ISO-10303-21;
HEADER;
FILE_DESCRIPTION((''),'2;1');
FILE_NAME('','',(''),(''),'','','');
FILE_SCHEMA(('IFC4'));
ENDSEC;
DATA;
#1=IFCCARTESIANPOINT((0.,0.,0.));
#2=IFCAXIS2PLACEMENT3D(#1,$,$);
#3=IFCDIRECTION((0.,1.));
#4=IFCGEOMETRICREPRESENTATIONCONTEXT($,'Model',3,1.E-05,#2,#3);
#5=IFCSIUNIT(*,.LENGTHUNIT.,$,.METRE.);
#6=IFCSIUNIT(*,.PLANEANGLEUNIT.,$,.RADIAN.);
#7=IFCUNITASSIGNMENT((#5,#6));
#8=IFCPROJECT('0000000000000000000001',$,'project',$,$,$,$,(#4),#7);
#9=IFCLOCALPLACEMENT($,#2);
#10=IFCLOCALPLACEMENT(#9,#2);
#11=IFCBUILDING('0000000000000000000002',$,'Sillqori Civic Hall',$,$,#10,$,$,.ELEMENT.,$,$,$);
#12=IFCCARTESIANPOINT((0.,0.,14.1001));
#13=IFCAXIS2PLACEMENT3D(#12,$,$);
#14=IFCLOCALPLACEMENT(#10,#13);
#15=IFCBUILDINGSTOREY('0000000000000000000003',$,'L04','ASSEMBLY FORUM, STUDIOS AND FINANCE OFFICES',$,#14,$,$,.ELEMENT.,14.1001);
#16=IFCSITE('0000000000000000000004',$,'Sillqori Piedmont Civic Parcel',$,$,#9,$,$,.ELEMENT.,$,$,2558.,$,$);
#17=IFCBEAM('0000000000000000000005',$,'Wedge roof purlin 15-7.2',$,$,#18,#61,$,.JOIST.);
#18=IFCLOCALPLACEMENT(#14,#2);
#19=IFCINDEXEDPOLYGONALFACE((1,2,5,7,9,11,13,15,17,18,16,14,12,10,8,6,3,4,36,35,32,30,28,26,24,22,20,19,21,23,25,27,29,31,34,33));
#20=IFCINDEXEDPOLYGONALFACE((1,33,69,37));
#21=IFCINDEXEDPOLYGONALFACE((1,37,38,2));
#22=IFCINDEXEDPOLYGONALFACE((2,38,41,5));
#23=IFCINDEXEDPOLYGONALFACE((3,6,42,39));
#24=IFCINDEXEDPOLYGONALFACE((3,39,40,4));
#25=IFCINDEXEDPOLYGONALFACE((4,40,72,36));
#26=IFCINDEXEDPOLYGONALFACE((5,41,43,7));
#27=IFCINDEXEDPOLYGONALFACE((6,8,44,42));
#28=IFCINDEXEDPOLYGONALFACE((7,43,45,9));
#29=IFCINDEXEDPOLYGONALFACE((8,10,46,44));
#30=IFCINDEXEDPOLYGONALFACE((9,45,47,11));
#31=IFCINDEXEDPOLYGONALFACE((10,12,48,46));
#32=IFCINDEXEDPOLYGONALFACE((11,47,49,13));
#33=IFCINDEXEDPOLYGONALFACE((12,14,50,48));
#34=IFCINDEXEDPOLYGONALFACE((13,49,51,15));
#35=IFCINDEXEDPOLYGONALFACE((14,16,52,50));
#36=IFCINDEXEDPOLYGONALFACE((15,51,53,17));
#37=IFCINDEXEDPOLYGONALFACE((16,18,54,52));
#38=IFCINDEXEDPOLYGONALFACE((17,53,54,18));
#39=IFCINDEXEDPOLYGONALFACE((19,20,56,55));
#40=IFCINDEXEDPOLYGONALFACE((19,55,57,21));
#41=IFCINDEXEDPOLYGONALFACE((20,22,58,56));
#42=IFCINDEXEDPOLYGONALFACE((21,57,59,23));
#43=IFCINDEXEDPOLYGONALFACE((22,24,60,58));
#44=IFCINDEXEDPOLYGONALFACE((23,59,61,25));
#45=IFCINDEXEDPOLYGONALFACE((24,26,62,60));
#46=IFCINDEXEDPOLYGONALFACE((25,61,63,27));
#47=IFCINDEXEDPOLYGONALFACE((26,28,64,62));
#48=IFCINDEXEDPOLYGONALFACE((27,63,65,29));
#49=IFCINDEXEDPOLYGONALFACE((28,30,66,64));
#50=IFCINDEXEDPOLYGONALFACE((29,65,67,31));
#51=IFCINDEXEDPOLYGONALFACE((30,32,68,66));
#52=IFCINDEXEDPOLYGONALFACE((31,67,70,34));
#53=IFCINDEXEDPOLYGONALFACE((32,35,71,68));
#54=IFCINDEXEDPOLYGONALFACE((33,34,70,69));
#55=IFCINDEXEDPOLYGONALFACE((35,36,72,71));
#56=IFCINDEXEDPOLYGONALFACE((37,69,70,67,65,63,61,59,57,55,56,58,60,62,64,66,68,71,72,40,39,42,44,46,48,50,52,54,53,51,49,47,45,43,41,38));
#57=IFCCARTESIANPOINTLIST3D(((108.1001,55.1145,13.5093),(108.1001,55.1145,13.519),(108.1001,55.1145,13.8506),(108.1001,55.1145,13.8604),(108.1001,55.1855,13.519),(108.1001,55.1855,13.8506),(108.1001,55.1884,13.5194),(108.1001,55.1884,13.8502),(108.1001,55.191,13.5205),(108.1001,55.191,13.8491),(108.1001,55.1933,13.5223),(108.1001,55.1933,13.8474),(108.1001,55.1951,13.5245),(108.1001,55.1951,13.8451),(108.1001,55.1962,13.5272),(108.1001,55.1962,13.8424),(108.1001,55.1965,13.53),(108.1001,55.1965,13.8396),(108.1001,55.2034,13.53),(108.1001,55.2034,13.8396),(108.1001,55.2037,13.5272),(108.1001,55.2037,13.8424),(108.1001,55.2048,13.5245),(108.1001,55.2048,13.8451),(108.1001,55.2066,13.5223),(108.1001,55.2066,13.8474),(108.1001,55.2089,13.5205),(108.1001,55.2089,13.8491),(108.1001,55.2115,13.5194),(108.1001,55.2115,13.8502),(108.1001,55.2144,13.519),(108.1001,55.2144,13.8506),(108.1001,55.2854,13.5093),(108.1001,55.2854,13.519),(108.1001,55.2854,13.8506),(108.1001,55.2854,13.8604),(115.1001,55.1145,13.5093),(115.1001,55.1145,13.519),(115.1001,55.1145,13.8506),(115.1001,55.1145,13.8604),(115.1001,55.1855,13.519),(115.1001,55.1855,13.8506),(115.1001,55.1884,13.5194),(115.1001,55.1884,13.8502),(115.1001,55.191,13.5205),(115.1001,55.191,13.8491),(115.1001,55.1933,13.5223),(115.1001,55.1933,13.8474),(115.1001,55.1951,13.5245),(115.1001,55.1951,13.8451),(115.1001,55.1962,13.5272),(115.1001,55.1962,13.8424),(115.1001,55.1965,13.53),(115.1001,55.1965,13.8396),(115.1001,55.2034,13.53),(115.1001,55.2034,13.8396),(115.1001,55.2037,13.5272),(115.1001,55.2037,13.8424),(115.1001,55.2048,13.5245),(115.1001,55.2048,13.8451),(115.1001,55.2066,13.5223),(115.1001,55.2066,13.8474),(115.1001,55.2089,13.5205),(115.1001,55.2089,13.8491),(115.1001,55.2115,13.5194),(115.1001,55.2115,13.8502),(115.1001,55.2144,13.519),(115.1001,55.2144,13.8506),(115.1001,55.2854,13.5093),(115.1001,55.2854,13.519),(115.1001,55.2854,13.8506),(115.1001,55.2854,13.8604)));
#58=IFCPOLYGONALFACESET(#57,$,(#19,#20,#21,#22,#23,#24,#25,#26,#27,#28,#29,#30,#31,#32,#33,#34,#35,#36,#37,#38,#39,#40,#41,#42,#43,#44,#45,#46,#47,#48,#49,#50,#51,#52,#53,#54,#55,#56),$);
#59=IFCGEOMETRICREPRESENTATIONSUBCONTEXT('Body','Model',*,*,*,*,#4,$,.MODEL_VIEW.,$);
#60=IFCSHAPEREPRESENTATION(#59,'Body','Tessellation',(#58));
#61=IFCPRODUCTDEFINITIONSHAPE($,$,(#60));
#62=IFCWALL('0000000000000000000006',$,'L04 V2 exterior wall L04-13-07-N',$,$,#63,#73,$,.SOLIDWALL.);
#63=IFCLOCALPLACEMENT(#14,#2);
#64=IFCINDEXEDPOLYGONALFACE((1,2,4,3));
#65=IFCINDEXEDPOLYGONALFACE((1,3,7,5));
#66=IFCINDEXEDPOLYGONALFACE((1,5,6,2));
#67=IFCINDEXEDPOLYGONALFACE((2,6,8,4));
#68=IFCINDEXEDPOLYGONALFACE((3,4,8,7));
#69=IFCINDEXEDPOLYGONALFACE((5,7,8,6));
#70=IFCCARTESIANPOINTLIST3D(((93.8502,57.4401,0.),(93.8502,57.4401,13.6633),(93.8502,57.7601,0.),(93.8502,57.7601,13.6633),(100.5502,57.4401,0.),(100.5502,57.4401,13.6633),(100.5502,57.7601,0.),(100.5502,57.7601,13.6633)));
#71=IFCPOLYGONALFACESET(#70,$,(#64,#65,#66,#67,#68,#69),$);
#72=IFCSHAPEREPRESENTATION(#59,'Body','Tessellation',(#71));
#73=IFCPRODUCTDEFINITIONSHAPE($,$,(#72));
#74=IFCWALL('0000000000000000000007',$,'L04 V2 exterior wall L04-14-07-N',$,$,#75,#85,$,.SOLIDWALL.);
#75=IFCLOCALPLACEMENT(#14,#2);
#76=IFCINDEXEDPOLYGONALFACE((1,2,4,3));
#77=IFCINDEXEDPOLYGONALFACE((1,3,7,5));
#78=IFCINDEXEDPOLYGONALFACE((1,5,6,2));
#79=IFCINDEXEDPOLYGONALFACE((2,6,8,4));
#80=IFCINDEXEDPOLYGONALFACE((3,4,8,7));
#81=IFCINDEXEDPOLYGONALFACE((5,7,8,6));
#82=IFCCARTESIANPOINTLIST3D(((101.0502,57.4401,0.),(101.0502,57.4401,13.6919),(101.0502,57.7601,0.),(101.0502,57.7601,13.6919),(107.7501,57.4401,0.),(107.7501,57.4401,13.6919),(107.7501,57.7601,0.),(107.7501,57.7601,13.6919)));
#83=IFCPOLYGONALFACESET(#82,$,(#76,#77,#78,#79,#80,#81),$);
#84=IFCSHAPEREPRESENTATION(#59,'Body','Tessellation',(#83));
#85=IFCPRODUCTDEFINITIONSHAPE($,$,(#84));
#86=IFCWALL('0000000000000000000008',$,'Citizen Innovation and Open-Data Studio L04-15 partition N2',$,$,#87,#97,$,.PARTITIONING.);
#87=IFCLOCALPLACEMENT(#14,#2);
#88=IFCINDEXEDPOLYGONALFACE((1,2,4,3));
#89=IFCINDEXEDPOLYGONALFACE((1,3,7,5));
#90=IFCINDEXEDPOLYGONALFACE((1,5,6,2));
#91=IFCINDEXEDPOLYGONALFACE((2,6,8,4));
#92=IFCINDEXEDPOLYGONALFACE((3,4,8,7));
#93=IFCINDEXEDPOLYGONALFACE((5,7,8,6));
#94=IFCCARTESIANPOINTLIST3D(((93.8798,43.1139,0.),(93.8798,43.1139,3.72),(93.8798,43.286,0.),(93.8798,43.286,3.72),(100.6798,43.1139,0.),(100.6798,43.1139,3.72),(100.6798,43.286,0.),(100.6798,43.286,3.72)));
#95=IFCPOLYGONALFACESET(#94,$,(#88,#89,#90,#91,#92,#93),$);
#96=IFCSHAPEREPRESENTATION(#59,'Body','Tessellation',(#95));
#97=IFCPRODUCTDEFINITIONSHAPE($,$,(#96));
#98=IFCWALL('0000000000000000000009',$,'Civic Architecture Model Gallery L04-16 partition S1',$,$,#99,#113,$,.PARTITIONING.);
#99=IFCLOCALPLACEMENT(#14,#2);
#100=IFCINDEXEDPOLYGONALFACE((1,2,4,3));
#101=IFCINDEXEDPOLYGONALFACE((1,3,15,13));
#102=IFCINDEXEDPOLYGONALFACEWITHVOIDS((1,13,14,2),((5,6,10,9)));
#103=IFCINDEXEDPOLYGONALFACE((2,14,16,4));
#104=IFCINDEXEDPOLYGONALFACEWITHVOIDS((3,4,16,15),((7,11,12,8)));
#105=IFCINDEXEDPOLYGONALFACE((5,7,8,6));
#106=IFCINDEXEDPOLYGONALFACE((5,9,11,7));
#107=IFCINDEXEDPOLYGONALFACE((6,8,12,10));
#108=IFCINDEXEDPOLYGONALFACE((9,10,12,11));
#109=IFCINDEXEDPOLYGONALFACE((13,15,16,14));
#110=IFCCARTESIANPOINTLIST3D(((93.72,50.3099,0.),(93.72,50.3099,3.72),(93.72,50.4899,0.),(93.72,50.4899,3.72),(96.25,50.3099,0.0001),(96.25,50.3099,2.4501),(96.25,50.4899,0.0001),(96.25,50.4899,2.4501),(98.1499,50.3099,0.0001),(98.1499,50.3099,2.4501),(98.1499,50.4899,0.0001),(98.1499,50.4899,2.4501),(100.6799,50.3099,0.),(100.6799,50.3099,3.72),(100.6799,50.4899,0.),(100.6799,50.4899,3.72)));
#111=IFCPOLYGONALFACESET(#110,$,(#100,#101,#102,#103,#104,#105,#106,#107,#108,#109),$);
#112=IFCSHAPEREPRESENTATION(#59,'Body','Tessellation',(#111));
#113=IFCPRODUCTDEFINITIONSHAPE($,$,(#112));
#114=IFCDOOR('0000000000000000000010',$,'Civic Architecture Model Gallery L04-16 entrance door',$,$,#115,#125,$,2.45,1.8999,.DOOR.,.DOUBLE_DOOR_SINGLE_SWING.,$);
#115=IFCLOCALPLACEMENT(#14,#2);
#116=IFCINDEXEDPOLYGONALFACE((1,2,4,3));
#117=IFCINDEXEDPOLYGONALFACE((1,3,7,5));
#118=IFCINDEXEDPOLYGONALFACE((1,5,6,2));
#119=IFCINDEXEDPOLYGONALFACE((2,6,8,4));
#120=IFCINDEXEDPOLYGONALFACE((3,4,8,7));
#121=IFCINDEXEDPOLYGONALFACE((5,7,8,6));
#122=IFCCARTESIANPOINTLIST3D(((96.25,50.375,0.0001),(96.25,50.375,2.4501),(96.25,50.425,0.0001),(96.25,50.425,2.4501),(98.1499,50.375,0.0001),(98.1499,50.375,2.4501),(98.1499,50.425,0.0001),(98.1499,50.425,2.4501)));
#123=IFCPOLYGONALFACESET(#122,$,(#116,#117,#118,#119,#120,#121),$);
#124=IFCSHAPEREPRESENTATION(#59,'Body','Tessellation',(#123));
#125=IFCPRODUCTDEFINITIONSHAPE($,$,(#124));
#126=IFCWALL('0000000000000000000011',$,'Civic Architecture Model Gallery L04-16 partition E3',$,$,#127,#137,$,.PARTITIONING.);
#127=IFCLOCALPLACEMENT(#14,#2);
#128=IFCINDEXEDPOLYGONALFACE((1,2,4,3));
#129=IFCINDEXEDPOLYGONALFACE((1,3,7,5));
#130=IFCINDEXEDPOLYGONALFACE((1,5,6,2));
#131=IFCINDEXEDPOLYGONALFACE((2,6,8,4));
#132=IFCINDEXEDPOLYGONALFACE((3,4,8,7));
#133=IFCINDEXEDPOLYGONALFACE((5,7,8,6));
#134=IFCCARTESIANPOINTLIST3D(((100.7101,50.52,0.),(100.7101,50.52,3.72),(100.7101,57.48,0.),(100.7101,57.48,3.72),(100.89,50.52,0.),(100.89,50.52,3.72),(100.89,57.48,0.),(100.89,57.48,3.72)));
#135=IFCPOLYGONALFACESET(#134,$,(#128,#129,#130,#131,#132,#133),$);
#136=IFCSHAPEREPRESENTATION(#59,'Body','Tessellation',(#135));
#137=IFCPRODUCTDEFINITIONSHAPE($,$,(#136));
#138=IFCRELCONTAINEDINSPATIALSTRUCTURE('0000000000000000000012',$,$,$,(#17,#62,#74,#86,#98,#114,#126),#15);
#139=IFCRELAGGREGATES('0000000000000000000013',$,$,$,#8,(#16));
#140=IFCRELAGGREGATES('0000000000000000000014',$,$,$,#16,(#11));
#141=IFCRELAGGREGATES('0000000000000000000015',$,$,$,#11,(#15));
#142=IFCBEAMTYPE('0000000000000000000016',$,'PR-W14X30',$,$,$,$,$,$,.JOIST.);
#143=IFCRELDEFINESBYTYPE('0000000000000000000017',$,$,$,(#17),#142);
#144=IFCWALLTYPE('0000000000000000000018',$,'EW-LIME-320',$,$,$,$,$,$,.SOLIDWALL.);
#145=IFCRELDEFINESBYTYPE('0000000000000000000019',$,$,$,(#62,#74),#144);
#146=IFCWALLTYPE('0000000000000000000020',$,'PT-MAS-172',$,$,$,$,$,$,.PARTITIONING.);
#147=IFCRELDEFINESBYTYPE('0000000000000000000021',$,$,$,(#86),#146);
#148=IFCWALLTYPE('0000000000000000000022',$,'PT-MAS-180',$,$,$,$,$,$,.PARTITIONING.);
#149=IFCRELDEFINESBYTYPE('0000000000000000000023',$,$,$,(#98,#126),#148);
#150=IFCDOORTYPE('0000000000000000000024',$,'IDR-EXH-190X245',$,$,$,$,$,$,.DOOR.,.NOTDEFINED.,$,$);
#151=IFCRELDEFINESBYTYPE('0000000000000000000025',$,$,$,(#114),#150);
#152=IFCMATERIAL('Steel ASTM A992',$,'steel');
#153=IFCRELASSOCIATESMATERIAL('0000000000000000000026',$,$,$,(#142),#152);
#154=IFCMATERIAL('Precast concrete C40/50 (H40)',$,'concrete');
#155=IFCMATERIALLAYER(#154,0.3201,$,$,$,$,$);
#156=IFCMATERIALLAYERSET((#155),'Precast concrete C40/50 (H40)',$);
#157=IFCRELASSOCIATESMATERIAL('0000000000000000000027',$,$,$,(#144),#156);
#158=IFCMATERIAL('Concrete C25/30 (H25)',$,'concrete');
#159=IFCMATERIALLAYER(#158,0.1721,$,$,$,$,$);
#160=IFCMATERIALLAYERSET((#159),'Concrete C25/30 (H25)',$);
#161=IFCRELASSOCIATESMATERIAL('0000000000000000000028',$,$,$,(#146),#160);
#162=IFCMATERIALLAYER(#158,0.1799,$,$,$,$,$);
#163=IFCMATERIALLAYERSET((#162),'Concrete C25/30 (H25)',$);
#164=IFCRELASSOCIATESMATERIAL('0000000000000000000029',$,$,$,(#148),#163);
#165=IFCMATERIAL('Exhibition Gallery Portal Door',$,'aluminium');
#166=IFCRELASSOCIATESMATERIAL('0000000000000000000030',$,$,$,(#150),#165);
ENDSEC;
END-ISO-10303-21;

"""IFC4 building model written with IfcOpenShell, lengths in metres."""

from ifc_helpers import new_model, si_unit, direction, frame, frame_2d, origin, origin_2d, place, context, subcontext, project, spatial, rectangle, i_section, extrude, material, layer, layer_set, material_profile, profile_set, type_object, element, fill, save


model = new_model("IFC4")

# Units and contexts
model_context = context("Model", 3, precision=1e-05, world=origin(), true_north=direction((0.0, 1.0)))
body_context = subcontext(model_context, "Body", "Model", "MODEL_VIEW")
ifc_project = project(units=[si_unit("LENGTHUNIT", "METRE"), si_unit("PLANEANGLEUNIT", "RADIAN")], contexts=[model_context])

# Site, building, storey
site_placement = place(None, origin())
site = spatial("IfcSite", under=ifc_project, at=site_placement, Name="Sillqori Piedmont Civic Parcel", CompositionType="ELEMENT", RefElevation=2558.0)
building_placement = place(site_placement, origin())
building = spatial("IfcBuilding", under=site, at=building_placement, Name="Sillqori Civic Hall", CompositionType="ELEMENT")
storey_placement = place(building_placement, frame((0.0, 0.0, 14.1001)))
storey = spatial("IfcBuildingStorey", under=building, at=storey_placement, Name="L04", Description="ASSEMBLY FORUM, STUDIOS AND FINANCE OFFICES", CompositionType="ELEMENT", Elevation=14.1001)

# Shared definitions
ifc_material_1 = material(Name="Steel ASTM A992", Category="steel")

# Beam
ifc_material_profile_1 = material_profile(ifc_material_1, i_section(OverallWidth=0.1709, OverallDepth=0.3511, WebThickness=0.0068, FlangeThickness=0.0098, FilletRadius=0.011, at=origin_2d()), Name="W14X30")
ifc_profile_set_1 = profile_set([ifc_material_profile_1], Name="Steel ASTM A992")
beam_type_1 = type_object("IfcBeamType", Name="PR-W14X30", PredefinedType="JOIST", material=ifc_profile_set_1)
for number, where, z_axis, x_axis, name in (
    (1, (108.1001, 55.2, 13.6848), (1.0, 0.0, 0.0), (0.0, 1.0, 0.0), "Wedge roof purlin 15-7.2"),
):
    element("IfcBeam", number, at=place(storey_placement, frame(where, z_axis=z_axis, x_axis=x_axis)), inside=storey, type_object=beam_type_1, Name=name, PredefinedType="JOIST", context=body_context, shape_type="SweptSolid", body=[
        extrude(i_section(OverallWidth=0.1709, OverallDepth=0.3511, WebThickness=0.0068, FlangeThickness=0.0098, FilletRadius=0.011, at=origin_2d()), origin(), (0.0, 0.0, 1.0), 7.0),
    ])

# Walls
ifc_material_2 = material(Name="Precast concrete C40/50 (H40)", Category="concrete")
ifc_layer_1 = layer(ifc_material_2, 0.3201)
ifc_layer_set_1 = layer_set([ifc_layer_1], Name="Precast concrete C40/50 (H40)")
wall_type_1 = type_object("IfcWallType", Name="EW-LIME-320", PredefinedType="SOLIDWALL", material=ifc_layer_set_1)
wall_1_placement = place(storey_placement, frame((93.8501, 57.6001, 0.0), z_axis=(0.0, 0.0, 1.0), x_axis=(1.0, 0.0, 0.0)))
element("IfcWall", 2, at=wall_1_placement, inside=storey, type_object=wall_type_1, Name="L04 V2 exterior wall L04-13-07-N", PredefinedType="SOLIDWALL", context=body_context, shape_type="SweptSolid", body=[
    extrude(rectangle(XDim=6.7, YDim=0.3201, at=frame_2d((3.3501, 0.0))), origin(), (0.0, 0.0, 1.0), 13.6633),
])
wall_2_placement = place(storey_placement, frame((101.05, 57.6001, 0.0), z_axis=(0.0, 0.0, 1.0), x_axis=(1.0, 0.0, 0.0)))
element("IfcWall", 3, at=wall_2_placement, inside=storey, type_object=wall_type_1, Name="L04 V2 exterior wall L04-14-07-N", PredefinedType="SOLIDWALL", context=body_context, shape_type="SweptSolid", body=[
    extrude(rectangle(XDim=6.7, YDim=0.3201, at=frame_2d((3.3501, 0.0))), origin(), (0.0, 0.0, 1.0), 13.6919),
])
ifc_material_3 = material(Name="Concrete C25/30 (H25)", Category="concrete")
ifc_layer_2 = layer(ifc_material_3, 0.1721)
ifc_layer_set_2 = layer_set([ifc_layer_2], Name="Concrete C25/30 (H25)")
wall_type_2 = type_object("IfcWallType", Name="PT-MAS-172", PredefinedType="PARTITIONING", material=ifc_layer_set_2)
wall_3_placement = place(storey_placement, frame((93.8799, 43.2, 0.0), z_axis=(0.0, 0.0, 1.0), x_axis=(1.0, 0.0, 0.0)))
element("IfcWall", 4, at=wall_3_placement, inside=storey, type_object=wall_type_2, Name="Citizen Innovation and Open-Data Studio L04-15 partition N2", PredefinedType="PARTITIONING", context=body_context, shape_type="SweptSolid", body=[
    extrude(rectangle(XDim=6.8, YDim=0.1721, at=frame_2d((3.3999, 0.0))), origin(), (0.0, 0.0, 1.0), 3.72),
])

# Wall, opening, door
ifc_layer_3 = layer(ifc_material_3, 0.1799)
ifc_layer_set_3 = layer_set([ifc_layer_3], Name="Concrete C25/30 (H25)")
wall_type_3 = type_object("IfcWallType", Name="PT-MAS-180", PredefinedType="PARTITIONING", material=ifc_layer_set_3)
wall_4_placement = place(storey_placement, frame((100.6799, 50.3999, 0.0), z_axis=(0.0, 0.0, 1.0), x_axis=(-1.0, 0.0, 0.0)))
wall_4 = element("IfcWall", 5, at=wall_4_placement, inside=storey, type_object=wall_type_3, Name="Civic Architecture Model Gallery L04-16 partition S1", PredefinedType="PARTITIONING", context=body_context, shape_type="SweptSolid", body=[
    extrude(rectangle(XDim=6.96, YDim=0.1799, at=frame_2d((3.48, 0.0))), origin(), (0.0, 0.0, 1.0), 3.72),
])
opening_placement = place(wall_4_placement, frame((2.53, 0.0, 0.0)))
opening = element("IfcOpeningElement", 6, at=opening_placement, cuts=wall_4, PredefinedType="OPENING", context=body_context, shape_type="SweptSolid", body=[
    extrude(rectangle(XDim=1.8999, YDim=2.45, at=frame_2d((0.95, 1.2251))), frame((0.0, 0.0999, 0.0), z_axis=(0.0, -1.0, 0.0), x_axis=(1.0, 0.0, 0.0)), (0.0, 0.0, 1.0), 0.2),
])
ifc_material_4 = material(Name="Exhibition Gallery Portal Door", Category="aluminium")
door_type = type_object("IfcDoorType", Name="IDR-EXH-190X245", OperationType="NOTDEFINED", PredefinedType="DOOR", material=ifc_material_4)
door_placement = place(opening_placement, origin())
door = element("IfcDoor", 7, at=door_placement, inside=storey, type_object=door_type, Name="Civic Architecture Model Gallery L04-16 entrance door", OperationType="DOUBLE_DOOR_SINGLE_SWING", OverallHeight=2.45, OverallWidth=1.8999, PredefinedType="DOOR", context=body_context, shape_type="SweptSolid", body=[
    extrude(rectangle(XDim=1.8999, YDim=2.45, at=frame_2d((0.95, 1.2251))), frame((0.0, 0.0249, 0.0), z_axis=(0.0, -1.0, 0.0), x_axis=(1.0, 0.0, 0.0)), (0.0, 0.0, 1.0), 0.05),
])
fill(opening, door)

# Wall
wall_5_placement = place(storey_placement, frame((100.8, 57.48, 0.0), z_axis=(0.0, 0.0, 1.0), x_axis=(0.0, -1.0, 0.0)))
element("IfcWall", 8, at=wall_5_placement, inside=storey, type_object=wall_type_3, Name="Civic Architecture Model Gallery L04-16 partition E3", PredefinedType="PARTITIONING", context=body_context, shape_type="SweptSolid", body=[
    extrude(rectangle(XDim=6.96, YDim=0.1799, at=frame_2d((3.48, 0.0))), origin(), (0.0, 0.0, 1.0), 3.72),
])

save(model, "model.ifc")
